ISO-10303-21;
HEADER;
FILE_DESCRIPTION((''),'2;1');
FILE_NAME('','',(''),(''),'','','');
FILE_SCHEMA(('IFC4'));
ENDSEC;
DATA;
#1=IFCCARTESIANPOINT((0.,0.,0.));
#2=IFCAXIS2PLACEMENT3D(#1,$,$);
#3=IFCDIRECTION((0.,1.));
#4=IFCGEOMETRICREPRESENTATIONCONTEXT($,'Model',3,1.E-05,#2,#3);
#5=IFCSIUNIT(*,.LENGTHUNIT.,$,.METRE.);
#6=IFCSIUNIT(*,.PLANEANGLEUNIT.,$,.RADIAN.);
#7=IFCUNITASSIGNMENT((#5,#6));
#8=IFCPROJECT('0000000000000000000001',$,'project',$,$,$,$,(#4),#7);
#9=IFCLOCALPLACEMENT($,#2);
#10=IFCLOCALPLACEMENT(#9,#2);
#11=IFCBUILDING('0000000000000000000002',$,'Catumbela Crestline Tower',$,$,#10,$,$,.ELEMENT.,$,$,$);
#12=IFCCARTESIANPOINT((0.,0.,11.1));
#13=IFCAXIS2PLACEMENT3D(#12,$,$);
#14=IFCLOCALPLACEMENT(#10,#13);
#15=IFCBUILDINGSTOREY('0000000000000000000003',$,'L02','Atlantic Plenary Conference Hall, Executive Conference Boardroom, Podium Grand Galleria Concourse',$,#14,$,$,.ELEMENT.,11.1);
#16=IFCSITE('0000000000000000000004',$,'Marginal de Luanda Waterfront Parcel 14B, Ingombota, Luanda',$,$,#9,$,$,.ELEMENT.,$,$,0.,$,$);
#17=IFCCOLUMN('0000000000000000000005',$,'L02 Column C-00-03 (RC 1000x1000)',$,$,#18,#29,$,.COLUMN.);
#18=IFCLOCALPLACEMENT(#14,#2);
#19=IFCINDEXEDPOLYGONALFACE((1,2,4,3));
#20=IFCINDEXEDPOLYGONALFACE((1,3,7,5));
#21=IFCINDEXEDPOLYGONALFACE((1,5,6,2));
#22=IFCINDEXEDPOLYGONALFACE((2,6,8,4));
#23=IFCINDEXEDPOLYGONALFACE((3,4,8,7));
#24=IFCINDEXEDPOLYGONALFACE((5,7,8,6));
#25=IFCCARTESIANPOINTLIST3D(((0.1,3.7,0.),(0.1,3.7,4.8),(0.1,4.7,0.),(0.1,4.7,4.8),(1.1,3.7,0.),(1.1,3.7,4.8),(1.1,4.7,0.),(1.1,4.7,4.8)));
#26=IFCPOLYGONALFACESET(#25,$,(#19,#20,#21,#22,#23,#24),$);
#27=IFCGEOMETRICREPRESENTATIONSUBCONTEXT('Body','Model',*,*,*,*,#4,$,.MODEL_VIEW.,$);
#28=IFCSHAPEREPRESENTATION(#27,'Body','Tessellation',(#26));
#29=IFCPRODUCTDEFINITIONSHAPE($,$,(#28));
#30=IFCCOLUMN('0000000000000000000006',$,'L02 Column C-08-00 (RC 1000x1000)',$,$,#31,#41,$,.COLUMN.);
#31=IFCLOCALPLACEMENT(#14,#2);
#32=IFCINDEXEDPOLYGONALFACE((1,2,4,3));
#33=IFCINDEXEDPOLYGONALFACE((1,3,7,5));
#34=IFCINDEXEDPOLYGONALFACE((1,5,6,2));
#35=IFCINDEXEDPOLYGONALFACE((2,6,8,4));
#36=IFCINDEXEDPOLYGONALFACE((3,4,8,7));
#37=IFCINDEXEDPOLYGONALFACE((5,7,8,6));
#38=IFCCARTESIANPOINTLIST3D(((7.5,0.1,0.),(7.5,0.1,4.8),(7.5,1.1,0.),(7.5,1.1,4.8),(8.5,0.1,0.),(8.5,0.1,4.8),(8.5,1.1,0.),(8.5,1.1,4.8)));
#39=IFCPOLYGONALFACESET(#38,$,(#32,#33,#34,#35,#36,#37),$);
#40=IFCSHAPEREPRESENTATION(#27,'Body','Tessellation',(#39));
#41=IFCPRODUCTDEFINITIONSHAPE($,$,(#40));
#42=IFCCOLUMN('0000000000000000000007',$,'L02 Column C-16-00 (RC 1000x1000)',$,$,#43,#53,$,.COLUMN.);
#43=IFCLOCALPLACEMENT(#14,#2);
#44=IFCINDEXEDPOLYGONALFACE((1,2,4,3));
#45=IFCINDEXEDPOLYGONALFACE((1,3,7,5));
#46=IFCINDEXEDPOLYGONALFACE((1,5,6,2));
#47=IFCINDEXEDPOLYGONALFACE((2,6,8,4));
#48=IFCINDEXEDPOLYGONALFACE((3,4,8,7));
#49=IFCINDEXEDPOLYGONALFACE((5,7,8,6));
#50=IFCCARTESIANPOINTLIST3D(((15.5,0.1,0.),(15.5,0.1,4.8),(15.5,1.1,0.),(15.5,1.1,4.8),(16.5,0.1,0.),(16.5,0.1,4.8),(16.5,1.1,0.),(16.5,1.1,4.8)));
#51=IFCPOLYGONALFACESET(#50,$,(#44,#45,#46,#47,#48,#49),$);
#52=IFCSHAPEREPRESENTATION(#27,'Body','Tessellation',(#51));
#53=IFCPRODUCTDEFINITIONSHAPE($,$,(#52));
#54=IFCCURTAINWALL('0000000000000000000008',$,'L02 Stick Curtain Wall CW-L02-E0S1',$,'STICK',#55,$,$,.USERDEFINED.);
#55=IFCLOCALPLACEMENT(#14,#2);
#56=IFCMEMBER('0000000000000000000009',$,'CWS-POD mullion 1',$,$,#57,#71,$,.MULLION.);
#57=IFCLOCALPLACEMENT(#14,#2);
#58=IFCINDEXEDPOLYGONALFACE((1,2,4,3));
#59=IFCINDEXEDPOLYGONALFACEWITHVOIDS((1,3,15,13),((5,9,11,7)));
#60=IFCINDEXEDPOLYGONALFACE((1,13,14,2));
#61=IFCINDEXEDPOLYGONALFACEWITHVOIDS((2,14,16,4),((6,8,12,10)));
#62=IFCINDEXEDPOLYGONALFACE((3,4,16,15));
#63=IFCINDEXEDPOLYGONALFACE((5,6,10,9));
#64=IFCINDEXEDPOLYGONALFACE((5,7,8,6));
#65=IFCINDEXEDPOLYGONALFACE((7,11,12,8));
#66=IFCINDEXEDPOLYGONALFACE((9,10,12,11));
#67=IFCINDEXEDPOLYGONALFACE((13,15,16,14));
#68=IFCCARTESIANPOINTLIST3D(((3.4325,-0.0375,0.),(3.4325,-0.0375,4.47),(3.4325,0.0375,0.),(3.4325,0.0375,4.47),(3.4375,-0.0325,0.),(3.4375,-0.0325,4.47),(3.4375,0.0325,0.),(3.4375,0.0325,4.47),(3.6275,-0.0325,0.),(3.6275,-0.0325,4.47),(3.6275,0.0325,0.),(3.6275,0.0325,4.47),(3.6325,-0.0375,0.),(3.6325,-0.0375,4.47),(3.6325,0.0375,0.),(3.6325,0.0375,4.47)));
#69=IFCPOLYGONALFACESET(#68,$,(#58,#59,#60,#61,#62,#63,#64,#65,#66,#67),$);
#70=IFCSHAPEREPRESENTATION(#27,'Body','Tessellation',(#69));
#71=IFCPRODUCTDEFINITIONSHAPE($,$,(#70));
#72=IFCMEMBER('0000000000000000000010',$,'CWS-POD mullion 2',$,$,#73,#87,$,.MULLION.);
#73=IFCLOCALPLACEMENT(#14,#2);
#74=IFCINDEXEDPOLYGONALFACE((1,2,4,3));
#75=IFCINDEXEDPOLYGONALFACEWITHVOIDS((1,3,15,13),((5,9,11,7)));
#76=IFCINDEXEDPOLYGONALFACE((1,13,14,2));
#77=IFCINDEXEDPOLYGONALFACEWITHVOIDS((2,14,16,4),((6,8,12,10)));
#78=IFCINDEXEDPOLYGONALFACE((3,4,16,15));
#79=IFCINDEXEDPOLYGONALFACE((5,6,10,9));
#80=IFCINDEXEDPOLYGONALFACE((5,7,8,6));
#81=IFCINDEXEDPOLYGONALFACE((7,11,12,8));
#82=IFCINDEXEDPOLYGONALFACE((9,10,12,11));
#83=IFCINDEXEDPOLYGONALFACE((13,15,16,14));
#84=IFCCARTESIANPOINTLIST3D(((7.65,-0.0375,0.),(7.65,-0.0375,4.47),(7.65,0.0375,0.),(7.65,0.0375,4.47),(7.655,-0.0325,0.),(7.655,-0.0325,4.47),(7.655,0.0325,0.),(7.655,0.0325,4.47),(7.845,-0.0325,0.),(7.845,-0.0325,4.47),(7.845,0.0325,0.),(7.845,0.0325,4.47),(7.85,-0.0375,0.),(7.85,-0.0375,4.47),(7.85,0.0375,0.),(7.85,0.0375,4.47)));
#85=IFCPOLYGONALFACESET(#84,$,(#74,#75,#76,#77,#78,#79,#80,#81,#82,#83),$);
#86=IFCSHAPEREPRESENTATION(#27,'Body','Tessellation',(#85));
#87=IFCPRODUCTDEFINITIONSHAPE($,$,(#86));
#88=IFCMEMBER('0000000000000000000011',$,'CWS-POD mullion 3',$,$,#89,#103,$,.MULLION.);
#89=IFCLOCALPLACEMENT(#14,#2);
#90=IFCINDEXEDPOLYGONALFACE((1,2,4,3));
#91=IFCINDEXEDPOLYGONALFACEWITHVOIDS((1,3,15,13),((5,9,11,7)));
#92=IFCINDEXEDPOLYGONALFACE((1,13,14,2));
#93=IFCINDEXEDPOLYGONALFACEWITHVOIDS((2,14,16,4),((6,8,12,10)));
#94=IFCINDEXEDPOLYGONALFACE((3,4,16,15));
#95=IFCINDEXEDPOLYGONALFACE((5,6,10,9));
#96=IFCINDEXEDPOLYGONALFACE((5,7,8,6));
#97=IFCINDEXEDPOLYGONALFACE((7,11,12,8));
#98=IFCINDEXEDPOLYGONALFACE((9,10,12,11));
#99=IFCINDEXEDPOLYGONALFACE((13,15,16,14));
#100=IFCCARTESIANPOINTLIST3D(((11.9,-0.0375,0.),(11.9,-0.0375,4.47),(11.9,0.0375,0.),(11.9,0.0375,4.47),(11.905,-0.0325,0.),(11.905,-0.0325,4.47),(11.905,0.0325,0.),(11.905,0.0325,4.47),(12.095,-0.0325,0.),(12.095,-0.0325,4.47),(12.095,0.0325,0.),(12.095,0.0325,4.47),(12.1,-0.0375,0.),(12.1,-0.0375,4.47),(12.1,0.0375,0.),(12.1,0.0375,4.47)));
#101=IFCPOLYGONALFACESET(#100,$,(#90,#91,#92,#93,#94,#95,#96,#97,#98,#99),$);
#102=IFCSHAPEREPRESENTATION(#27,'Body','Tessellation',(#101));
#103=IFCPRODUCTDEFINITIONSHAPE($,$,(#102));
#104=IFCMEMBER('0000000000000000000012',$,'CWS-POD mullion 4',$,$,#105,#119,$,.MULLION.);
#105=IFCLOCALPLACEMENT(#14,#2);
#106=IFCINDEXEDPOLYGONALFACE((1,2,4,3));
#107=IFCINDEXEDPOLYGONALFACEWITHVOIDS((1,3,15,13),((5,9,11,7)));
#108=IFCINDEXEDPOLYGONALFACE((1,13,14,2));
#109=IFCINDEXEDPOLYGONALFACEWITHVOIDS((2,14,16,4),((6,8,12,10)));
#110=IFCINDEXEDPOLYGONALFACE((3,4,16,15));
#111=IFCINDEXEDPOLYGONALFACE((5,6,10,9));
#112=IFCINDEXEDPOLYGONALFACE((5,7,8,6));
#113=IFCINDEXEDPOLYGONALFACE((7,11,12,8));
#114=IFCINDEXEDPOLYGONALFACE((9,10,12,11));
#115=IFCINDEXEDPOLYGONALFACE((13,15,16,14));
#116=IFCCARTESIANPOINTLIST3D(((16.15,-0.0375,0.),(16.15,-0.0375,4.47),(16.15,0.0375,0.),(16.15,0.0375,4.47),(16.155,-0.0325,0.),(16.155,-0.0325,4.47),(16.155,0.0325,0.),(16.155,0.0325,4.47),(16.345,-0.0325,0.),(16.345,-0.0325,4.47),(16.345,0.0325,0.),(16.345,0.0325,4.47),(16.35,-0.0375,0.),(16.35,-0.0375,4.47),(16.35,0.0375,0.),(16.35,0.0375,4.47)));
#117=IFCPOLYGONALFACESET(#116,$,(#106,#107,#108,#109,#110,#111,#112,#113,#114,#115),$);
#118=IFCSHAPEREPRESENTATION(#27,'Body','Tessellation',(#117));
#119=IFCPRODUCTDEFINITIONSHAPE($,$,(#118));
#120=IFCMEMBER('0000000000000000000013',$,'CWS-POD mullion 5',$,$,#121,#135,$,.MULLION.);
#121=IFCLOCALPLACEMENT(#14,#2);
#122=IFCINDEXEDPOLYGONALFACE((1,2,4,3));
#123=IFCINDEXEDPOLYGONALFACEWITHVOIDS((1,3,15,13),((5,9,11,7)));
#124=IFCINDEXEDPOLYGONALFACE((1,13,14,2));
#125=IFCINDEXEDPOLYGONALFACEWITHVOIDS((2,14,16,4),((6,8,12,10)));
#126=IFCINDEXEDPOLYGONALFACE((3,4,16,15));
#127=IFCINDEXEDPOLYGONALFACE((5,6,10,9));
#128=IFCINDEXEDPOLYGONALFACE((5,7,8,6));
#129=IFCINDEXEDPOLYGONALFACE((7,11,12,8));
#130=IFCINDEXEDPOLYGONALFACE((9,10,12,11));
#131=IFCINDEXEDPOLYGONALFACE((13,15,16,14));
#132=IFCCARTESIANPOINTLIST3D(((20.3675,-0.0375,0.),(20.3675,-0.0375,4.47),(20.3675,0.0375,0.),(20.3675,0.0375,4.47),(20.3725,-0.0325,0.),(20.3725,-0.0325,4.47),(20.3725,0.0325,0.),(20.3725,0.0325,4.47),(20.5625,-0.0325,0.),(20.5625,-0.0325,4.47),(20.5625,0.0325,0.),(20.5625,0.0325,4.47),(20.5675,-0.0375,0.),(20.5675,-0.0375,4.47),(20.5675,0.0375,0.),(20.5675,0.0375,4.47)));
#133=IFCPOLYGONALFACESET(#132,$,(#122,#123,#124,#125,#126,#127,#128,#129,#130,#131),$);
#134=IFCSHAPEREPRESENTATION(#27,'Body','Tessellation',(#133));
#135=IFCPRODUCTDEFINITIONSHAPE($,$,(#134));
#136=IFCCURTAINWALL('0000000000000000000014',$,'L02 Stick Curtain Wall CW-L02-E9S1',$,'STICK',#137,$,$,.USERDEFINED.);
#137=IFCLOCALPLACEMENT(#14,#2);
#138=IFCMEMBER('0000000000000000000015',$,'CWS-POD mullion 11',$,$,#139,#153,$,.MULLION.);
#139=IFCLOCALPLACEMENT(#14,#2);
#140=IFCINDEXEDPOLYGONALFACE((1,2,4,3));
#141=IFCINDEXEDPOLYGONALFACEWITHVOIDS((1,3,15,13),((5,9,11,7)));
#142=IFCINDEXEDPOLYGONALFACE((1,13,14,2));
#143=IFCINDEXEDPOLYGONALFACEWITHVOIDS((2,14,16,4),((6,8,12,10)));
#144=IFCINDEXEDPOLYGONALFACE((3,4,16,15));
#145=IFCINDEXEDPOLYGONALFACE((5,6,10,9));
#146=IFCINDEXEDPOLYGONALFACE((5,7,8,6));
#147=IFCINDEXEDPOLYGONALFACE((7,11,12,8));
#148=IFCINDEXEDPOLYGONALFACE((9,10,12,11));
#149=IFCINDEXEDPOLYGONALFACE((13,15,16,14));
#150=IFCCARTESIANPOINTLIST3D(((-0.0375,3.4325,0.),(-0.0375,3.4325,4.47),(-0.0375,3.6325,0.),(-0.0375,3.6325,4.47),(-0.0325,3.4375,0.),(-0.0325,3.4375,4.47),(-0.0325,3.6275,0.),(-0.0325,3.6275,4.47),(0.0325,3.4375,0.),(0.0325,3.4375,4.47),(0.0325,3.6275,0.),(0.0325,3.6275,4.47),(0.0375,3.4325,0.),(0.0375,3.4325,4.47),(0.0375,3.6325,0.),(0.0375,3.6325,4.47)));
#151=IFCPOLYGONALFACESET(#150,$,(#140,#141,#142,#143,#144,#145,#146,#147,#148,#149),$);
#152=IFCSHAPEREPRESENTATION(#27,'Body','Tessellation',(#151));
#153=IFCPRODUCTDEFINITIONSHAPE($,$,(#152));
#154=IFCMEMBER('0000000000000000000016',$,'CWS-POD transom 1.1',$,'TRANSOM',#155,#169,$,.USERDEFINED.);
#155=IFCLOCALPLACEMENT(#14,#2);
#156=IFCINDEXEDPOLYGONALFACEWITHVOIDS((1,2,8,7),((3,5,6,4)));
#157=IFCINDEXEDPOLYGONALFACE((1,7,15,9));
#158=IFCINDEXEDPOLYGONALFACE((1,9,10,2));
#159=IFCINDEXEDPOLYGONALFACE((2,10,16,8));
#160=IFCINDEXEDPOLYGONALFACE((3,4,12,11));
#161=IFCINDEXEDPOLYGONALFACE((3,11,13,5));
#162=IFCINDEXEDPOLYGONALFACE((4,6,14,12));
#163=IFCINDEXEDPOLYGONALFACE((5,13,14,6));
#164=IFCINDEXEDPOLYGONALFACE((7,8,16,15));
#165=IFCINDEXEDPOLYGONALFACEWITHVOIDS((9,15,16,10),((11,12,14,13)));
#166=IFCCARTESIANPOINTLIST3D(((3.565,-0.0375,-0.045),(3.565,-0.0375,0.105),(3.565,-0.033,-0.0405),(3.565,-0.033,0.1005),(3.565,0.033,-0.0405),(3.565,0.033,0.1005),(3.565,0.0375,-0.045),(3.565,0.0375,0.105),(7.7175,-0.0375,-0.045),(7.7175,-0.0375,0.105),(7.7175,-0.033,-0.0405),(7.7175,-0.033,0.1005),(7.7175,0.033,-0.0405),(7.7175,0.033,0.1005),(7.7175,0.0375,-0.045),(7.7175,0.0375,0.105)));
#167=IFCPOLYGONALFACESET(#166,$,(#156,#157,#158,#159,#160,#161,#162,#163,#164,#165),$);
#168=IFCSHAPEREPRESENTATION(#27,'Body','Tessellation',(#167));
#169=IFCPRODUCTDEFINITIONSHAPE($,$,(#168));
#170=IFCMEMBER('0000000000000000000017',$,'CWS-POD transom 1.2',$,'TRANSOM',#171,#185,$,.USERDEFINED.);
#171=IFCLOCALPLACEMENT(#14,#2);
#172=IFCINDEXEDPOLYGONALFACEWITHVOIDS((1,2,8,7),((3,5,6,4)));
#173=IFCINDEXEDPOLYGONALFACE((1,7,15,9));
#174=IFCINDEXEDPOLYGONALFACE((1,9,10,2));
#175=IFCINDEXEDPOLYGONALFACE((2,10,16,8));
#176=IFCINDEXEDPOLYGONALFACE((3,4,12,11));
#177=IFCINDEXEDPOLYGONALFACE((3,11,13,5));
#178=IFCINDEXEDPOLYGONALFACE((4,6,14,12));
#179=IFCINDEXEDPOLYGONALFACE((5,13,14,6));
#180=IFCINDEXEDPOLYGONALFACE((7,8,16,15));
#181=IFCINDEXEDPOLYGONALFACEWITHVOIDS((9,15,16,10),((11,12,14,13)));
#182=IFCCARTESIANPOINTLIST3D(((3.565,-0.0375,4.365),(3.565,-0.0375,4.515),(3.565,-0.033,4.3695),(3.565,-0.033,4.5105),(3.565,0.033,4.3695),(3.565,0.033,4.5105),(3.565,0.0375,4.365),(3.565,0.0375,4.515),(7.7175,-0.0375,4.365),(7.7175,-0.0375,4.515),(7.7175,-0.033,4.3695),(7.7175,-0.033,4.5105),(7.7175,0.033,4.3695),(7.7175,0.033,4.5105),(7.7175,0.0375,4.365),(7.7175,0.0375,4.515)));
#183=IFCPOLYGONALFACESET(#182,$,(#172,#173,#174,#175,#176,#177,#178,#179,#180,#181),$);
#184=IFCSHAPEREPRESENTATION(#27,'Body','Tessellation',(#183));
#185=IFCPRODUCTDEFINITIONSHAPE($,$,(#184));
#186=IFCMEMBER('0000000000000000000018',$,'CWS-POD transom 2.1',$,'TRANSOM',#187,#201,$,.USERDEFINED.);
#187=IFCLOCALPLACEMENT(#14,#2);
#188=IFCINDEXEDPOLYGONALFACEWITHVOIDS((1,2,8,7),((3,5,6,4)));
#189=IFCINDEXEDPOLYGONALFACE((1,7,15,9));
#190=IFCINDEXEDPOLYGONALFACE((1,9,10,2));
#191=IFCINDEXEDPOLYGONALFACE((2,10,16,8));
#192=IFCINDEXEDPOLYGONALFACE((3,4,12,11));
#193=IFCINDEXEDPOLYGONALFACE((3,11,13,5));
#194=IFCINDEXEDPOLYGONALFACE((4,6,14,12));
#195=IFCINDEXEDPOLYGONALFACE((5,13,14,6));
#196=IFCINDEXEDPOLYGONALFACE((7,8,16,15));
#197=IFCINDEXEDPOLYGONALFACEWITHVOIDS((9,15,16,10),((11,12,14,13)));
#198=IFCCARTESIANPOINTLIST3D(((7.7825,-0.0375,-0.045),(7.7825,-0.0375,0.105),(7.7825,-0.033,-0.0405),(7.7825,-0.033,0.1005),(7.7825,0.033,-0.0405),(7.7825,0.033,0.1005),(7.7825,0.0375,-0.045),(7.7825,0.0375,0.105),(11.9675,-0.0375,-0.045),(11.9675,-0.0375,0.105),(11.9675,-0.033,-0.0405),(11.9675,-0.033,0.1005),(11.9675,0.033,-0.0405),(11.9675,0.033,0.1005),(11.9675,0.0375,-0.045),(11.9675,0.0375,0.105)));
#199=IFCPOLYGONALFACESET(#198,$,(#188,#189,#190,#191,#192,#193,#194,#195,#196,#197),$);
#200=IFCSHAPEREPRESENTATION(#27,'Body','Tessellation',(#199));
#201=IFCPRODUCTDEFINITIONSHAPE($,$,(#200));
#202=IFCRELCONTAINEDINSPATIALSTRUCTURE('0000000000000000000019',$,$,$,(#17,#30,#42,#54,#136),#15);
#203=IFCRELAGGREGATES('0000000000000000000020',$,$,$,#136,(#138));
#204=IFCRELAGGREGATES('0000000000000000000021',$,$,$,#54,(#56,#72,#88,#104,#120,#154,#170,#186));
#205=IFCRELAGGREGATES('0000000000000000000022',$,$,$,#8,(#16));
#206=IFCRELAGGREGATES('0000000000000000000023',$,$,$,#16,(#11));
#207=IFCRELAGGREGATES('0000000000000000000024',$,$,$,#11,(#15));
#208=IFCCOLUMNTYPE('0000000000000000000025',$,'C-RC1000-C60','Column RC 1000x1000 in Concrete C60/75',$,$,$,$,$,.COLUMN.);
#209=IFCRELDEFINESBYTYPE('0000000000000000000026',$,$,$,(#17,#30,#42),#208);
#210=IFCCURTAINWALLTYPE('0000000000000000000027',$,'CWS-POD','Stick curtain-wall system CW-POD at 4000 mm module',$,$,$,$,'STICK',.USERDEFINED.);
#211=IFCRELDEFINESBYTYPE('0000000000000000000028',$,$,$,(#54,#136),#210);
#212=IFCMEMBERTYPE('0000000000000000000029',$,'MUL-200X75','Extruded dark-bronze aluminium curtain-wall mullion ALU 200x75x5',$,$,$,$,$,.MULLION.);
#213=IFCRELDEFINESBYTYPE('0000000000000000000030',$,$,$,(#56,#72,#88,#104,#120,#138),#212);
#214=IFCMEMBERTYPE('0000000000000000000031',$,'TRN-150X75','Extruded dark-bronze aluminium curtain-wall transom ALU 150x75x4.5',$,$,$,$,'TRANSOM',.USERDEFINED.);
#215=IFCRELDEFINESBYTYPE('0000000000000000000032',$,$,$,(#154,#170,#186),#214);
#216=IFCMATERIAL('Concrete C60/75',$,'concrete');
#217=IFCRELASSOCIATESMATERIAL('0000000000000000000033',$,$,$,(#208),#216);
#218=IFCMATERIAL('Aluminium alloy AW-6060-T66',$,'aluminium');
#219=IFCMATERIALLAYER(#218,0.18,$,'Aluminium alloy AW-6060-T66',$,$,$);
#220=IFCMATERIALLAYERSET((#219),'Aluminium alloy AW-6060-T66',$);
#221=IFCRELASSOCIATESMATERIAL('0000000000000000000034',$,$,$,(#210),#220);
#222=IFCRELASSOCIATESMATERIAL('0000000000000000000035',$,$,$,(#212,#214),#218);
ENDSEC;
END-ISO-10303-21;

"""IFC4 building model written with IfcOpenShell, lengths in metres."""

from ifc_helpers import new_model, si_unit, direction, frame, origin, origin_2d, place, context, subcontext, project, spatial, rectangle, hollow_rectangle, extrude, material, layer, layer_set, material_profile, profile_set, type_object, element, aggregate, save


model = new_model("IFC4")

# Units and contexts
model_context = context("Model", 3, precision=1e-05, world=origin(), true_north=direction((0.0, 1.0)))
body_context = subcontext(model_context, "Body", "Model", "MODEL_VIEW")
ifc_project = project(units=[si_unit("LENGTHUNIT", "METRE"), si_unit("PLANEANGLEUNIT", "RADIAN")], contexts=[model_context])

# Site, building, storey
site_placement = place(None, origin())
site = spatial("IfcSite", under=ifc_project, at=site_placement, Name="Marginal de Luanda Waterfront Parcel 14B, Ingombota, Luanda", CompositionType="ELEMENT", RefElevation=0.0)
building_placement = place(site_placement, origin())
building = spatial("IfcBuilding", under=site, at=building_placement, Name="Catumbela Crestline Tower", CompositionType="ELEMENT")
storey_placement = place(building_placement, frame((0.0, 0.0, 11.1)))
storey = spatial("IfcBuildingStorey", under=building, at=storey_placement, Name="L02", Description="Atlantic Plenary Conference Hall, Executive Conference Boardroom, Podium Grand Galleria Concourse", CompositionType="ELEMENT", Elevation=11.1)

# Columns
ifc_material_1 = material(Name="Concrete C60/75", Category="concrete")
ifc_material_profile_1 = material_profile(ifc_material_1, rectangle(XDim=1.0, YDim=1.0, at=origin_2d()), Name="RC 1000x1000")
ifc_profile_set_1 = profile_set([ifc_material_profile_1], Name="Concrete C60/75")
column_type = type_object("IfcColumnType", Name="C-RC1000-C60", Description="Column RC 1000x1000 in Concrete C60/75", PredefinedType="COLUMN", material=ifc_profile_set_1)
for number, where, z_axis, x_axis, name in (
    (1, (0.6, 4.2, 0.0), (0.0, 0.0, 1.0), (1.0, 0.0, 0.0), "L02 Column C-00-03 (RC 1000x1000)"),
    (2, (8.0, 0.6, 0.0), (0.0, 0.0, 1.0), (1.0, 0.0, 0.0), "L02 Column C-08-00 (RC 1000x1000)"),
    (3, (16.0, 0.6, 0.0), (0.0, 0.0, 1.0), (1.0, 0.0, 0.0), "L02 Column C-16-00 (RC 1000x1000)"),
):
    element("IfcColumn", number, at=place(storey_placement, frame(where, z_axis=z_axis, x_axis=x_axis)), inside=storey, type_object=column_type, Name=name, PredefinedType="COLUMN", context=body_context, shape_type="SweptSolid", body=[
        extrude(rectangle(XDim=1.0, YDim=1.0, at=origin_2d()), origin(), (0.0, 0.0, 1.0), 4.8),
    ])

# Curtain wall, members
ifc_material_2 = material(Name="Aluminium alloy AW-6060-T66", Category="aluminium")
ifc_layer_1 = layer(ifc_material_2, 0.18, Name="Aluminium alloy AW-6060-T66")
ifc_layer_set_1 = layer_set([ifc_layer_1], Name="Aluminium alloy AW-6060-T66")
curtain_wall_type = type_object("IfcCurtainWallType", Name="CWS-POD", Description="Stick curtain-wall system CW-POD at 4000 mm module", ElementType="STICK", PredefinedType="USERDEFINED", material=ifc_layer_set_1)
curtain_wall_1_placement = place(storey_placement, origin())
curtain_wall_1 = element("IfcCurtainWall", 4, at=curtain_wall_1_placement, inside=storey, type_object=curtain_wall_type, Name="L02 Stick Curtain Wall CW-L02-E0S1", ObjectType="STICK", PredefinedType="USERDEFINED")
ifc_material_profile_2 = material_profile(ifc_material_2, hollow_rectangle(XDim=0.075, YDim=0.2, WallThickness=0.005, at=origin_2d()), Name="ALU 200x75x5")
ifc_profile_set_2 = profile_set([ifc_material_profile_2], Name="Aluminium alloy AW-6060-T66")
member_type_1 = type_object("IfcMemberType", Name="MUL-200X75", Description="Extruded dark-bronze aluminium curtain-wall mullion ALU 200x75x5", PredefinedType="MULLION", material=ifc_profile_set_2)
member_1_placement = place(storey_placement, frame((3.5325, 0.0, 0.0), z_axis=(0.0, 0.0, 1.0), x_axis=(0.0, 1.0, 0.0)))
member_1 = element("IfcMember", 5, at=member_1_placement, type_object=member_type_1, Name="CWS-POD mullion 1", PredefinedType="MULLION", context=body_context, shape_type="SweptSolid", body=[
    extrude(hollow_rectangle(XDim=0.075, YDim=0.2, WallThickness=0.005, at=origin_2d()), origin(), (0.0, 0.0, 1.0), 4.47),
])
member_2_placement = place(storey_placement, frame((7.75, 0.0, 0.0), z_axis=(0.0, 0.0, 1.0), x_axis=(0.0, 1.0, 0.0)))
member_2 = element("IfcMember", 6, at=member_2_placement, type_object=member_type_1, Name="CWS-POD mullion 2", PredefinedType="MULLION", context=body_context, shape_type="SweptSolid", body=[
    extrude(hollow_rectangle(XDim=0.075, YDim=0.2, WallThickness=0.005, at=origin_2d()), origin(), (0.0, 0.0, 1.0), 4.47),
])
member_3_placement = place(storey_placement, frame((12.0, 0.0, 0.0), z_axis=(0.0, 0.0, 1.0), x_axis=(0.0, 1.0, 0.0)))
member_3 = element("IfcMember", 7, at=member_3_placement, type_object=member_type_1, Name="CWS-POD mullion 3", PredefinedType="MULLION", context=body_context, shape_type="SweptSolid", body=[
    extrude(hollow_rectangle(XDim=0.075, YDim=0.2, WallThickness=0.005, at=origin_2d()), origin(), (0.0, 0.0, 1.0), 4.47),
])
member_4_placement = place(storey_placement, frame((16.25, 0.0, 0.0), z_axis=(0.0, 0.0, 1.0), x_axis=(0.0, 1.0, 0.0)))
member_4 = element("IfcMember", 8, at=member_4_placement, type_object=member_type_1, Name="CWS-POD mullion 4", PredefinedType="MULLION", context=body_context, shape_type="SweptSolid", body=[
    extrude(hollow_rectangle(XDim=0.075, YDim=0.2, WallThickness=0.005, at=origin_2d()), origin(), (0.0, 0.0, 1.0), 4.47),
])
member_5_placement = place(storey_placement, frame((20.4675, 0.0, 0.0), z_axis=(0.0, 0.0, 1.0), x_axis=(0.0, 1.0, 0.0)))
member_5 = element("IfcMember", 9, at=member_5_placement, type_object=member_type_1, Name="CWS-POD mullion 5", PredefinedType="MULLION", context=body_context, shape_type="SweptSolid", body=[
    extrude(hollow_rectangle(XDim=0.075, YDim=0.2, WallThickness=0.005, at=origin_2d()), origin(), (0.0, 0.0, 1.0), 4.47),
])

# Curtain wall, member
curtain_wall_2_placement = place(storey_placement, origin())
curtain_wall_2 = element("IfcCurtainWall", 10, at=curtain_wall_2_placement, inside=storey, type_object=curtain_wall_type, Name="L02 Stick Curtain Wall CW-L02-E9S1", ObjectType="STICK", PredefinedType="USERDEFINED")
member_6_placement = place(storey_placement, frame((0.0, 3.5325, 0.0), z_axis=(0.0, 0.0, 1.0), x_axis=(1.0, 0.0, 0.0)))
member_6 = element("IfcMember", 11, at=member_6_placement, type_object=member_type_1, Name="CWS-POD mullion 11", PredefinedType="MULLION", context=body_context, shape_type="SweptSolid", body=[
    extrude(hollow_rectangle(XDim=0.075, YDim=0.2, WallThickness=0.005, at=origin_2d()), origin(), (0.0, 0.0, 1.0), 4.47),
])
aggregate(curtain_wall_2, [member_6])

# Members
ifc_material_profile_3 = material_profile(ifc_material_2, hollow_rectangle(XDim=0.075, YDim=0.15, WallThickness=0.0045, at=origin_2d()), Name="ALU 150x75x4.5")
ifc_profile_set_3 = profile_set([ifc_material_profile_3], Name="Aluminium alloy AW-6060-T66")
member_type_2 = type_object("IfcMemberType", Name="TRN-150X75", Description="Extruded dark-bronze aluminium curtain-wall transom ALU 150x75x4.5", ElementType="TRANSOM", PredefinedType="USERDEFINED", material=ifc_profile_set_3)
member_7_placement = place(storey_placement, frame((3.565, 0.0, 0.03), z_axis=(1.0, 0.0, 0.0), x_axis=(0.0, 1.0, 0.0)))
member_7 = element("IfcMember", 12, at=member_7_placement, type_object=member_type_2, Name="CWS-POD transom 1.1", ObjectType="TRANSOM", PredefinedType="USERDEFINED", context=body_context, shape_type="SweptSolid", body=[
    extrude(hollow_rectangle(XDim=0.075, YDim=0.15, WallThickness=0.0045, at=origin_2d()), origin(), (0.0, 0.0, 1.0), 4.1525),
])
member_8_placement = place(storey_placement, frame((3.565, 0.0, 4.44), z_axis=(1.0, 0.0, 0.0), x_axis=(0.0, 1.0, 0.0)))
member_8 = element("IfcMember", 13, at=member_8_placement, type_object=member_type_2, Name="CWS-POD transom 1.2", ObjectType="TRANSOM", PredefinedType="USERDEFINED", context=body_context, shape_type="SweptSolid", body=[
    extrude(hollow_rectangle(XDim=0.075, YDim=0.15, WallThickness=0.0045, at=origin_2d()), origin(), (0.0, 0.0, 1.0), 4.1525),
])
member_9_placement = place(storey_placement, frame((7.7825, 0.0, 0.03), z_axis=(1.0, 0.0, 0.0), x_axis=(0.0, 1.0, 0.0)))
member_9 = element("IfcMember", 14, at=member_9_placement, type_object=member_type_2, Name="CWS-POD transom 2.1", ObjectType="TRANSOM", PredefinedType="USERDEFINED", context=body_context, shape_type="SweptSolid", body=[
    extrude(hollow_rectangle(XDim=0.075, YDim=0.15, WallThickness=0.0045, at=origin_2d()), origin(), (0.0, 0.0, 1.0), 4.185),
])

aggregate(curtain_wall_1, [member_1, member_2, member_3, member_4, member_5, member_7, member_8, member_9])

save(model, "model.ifc")
